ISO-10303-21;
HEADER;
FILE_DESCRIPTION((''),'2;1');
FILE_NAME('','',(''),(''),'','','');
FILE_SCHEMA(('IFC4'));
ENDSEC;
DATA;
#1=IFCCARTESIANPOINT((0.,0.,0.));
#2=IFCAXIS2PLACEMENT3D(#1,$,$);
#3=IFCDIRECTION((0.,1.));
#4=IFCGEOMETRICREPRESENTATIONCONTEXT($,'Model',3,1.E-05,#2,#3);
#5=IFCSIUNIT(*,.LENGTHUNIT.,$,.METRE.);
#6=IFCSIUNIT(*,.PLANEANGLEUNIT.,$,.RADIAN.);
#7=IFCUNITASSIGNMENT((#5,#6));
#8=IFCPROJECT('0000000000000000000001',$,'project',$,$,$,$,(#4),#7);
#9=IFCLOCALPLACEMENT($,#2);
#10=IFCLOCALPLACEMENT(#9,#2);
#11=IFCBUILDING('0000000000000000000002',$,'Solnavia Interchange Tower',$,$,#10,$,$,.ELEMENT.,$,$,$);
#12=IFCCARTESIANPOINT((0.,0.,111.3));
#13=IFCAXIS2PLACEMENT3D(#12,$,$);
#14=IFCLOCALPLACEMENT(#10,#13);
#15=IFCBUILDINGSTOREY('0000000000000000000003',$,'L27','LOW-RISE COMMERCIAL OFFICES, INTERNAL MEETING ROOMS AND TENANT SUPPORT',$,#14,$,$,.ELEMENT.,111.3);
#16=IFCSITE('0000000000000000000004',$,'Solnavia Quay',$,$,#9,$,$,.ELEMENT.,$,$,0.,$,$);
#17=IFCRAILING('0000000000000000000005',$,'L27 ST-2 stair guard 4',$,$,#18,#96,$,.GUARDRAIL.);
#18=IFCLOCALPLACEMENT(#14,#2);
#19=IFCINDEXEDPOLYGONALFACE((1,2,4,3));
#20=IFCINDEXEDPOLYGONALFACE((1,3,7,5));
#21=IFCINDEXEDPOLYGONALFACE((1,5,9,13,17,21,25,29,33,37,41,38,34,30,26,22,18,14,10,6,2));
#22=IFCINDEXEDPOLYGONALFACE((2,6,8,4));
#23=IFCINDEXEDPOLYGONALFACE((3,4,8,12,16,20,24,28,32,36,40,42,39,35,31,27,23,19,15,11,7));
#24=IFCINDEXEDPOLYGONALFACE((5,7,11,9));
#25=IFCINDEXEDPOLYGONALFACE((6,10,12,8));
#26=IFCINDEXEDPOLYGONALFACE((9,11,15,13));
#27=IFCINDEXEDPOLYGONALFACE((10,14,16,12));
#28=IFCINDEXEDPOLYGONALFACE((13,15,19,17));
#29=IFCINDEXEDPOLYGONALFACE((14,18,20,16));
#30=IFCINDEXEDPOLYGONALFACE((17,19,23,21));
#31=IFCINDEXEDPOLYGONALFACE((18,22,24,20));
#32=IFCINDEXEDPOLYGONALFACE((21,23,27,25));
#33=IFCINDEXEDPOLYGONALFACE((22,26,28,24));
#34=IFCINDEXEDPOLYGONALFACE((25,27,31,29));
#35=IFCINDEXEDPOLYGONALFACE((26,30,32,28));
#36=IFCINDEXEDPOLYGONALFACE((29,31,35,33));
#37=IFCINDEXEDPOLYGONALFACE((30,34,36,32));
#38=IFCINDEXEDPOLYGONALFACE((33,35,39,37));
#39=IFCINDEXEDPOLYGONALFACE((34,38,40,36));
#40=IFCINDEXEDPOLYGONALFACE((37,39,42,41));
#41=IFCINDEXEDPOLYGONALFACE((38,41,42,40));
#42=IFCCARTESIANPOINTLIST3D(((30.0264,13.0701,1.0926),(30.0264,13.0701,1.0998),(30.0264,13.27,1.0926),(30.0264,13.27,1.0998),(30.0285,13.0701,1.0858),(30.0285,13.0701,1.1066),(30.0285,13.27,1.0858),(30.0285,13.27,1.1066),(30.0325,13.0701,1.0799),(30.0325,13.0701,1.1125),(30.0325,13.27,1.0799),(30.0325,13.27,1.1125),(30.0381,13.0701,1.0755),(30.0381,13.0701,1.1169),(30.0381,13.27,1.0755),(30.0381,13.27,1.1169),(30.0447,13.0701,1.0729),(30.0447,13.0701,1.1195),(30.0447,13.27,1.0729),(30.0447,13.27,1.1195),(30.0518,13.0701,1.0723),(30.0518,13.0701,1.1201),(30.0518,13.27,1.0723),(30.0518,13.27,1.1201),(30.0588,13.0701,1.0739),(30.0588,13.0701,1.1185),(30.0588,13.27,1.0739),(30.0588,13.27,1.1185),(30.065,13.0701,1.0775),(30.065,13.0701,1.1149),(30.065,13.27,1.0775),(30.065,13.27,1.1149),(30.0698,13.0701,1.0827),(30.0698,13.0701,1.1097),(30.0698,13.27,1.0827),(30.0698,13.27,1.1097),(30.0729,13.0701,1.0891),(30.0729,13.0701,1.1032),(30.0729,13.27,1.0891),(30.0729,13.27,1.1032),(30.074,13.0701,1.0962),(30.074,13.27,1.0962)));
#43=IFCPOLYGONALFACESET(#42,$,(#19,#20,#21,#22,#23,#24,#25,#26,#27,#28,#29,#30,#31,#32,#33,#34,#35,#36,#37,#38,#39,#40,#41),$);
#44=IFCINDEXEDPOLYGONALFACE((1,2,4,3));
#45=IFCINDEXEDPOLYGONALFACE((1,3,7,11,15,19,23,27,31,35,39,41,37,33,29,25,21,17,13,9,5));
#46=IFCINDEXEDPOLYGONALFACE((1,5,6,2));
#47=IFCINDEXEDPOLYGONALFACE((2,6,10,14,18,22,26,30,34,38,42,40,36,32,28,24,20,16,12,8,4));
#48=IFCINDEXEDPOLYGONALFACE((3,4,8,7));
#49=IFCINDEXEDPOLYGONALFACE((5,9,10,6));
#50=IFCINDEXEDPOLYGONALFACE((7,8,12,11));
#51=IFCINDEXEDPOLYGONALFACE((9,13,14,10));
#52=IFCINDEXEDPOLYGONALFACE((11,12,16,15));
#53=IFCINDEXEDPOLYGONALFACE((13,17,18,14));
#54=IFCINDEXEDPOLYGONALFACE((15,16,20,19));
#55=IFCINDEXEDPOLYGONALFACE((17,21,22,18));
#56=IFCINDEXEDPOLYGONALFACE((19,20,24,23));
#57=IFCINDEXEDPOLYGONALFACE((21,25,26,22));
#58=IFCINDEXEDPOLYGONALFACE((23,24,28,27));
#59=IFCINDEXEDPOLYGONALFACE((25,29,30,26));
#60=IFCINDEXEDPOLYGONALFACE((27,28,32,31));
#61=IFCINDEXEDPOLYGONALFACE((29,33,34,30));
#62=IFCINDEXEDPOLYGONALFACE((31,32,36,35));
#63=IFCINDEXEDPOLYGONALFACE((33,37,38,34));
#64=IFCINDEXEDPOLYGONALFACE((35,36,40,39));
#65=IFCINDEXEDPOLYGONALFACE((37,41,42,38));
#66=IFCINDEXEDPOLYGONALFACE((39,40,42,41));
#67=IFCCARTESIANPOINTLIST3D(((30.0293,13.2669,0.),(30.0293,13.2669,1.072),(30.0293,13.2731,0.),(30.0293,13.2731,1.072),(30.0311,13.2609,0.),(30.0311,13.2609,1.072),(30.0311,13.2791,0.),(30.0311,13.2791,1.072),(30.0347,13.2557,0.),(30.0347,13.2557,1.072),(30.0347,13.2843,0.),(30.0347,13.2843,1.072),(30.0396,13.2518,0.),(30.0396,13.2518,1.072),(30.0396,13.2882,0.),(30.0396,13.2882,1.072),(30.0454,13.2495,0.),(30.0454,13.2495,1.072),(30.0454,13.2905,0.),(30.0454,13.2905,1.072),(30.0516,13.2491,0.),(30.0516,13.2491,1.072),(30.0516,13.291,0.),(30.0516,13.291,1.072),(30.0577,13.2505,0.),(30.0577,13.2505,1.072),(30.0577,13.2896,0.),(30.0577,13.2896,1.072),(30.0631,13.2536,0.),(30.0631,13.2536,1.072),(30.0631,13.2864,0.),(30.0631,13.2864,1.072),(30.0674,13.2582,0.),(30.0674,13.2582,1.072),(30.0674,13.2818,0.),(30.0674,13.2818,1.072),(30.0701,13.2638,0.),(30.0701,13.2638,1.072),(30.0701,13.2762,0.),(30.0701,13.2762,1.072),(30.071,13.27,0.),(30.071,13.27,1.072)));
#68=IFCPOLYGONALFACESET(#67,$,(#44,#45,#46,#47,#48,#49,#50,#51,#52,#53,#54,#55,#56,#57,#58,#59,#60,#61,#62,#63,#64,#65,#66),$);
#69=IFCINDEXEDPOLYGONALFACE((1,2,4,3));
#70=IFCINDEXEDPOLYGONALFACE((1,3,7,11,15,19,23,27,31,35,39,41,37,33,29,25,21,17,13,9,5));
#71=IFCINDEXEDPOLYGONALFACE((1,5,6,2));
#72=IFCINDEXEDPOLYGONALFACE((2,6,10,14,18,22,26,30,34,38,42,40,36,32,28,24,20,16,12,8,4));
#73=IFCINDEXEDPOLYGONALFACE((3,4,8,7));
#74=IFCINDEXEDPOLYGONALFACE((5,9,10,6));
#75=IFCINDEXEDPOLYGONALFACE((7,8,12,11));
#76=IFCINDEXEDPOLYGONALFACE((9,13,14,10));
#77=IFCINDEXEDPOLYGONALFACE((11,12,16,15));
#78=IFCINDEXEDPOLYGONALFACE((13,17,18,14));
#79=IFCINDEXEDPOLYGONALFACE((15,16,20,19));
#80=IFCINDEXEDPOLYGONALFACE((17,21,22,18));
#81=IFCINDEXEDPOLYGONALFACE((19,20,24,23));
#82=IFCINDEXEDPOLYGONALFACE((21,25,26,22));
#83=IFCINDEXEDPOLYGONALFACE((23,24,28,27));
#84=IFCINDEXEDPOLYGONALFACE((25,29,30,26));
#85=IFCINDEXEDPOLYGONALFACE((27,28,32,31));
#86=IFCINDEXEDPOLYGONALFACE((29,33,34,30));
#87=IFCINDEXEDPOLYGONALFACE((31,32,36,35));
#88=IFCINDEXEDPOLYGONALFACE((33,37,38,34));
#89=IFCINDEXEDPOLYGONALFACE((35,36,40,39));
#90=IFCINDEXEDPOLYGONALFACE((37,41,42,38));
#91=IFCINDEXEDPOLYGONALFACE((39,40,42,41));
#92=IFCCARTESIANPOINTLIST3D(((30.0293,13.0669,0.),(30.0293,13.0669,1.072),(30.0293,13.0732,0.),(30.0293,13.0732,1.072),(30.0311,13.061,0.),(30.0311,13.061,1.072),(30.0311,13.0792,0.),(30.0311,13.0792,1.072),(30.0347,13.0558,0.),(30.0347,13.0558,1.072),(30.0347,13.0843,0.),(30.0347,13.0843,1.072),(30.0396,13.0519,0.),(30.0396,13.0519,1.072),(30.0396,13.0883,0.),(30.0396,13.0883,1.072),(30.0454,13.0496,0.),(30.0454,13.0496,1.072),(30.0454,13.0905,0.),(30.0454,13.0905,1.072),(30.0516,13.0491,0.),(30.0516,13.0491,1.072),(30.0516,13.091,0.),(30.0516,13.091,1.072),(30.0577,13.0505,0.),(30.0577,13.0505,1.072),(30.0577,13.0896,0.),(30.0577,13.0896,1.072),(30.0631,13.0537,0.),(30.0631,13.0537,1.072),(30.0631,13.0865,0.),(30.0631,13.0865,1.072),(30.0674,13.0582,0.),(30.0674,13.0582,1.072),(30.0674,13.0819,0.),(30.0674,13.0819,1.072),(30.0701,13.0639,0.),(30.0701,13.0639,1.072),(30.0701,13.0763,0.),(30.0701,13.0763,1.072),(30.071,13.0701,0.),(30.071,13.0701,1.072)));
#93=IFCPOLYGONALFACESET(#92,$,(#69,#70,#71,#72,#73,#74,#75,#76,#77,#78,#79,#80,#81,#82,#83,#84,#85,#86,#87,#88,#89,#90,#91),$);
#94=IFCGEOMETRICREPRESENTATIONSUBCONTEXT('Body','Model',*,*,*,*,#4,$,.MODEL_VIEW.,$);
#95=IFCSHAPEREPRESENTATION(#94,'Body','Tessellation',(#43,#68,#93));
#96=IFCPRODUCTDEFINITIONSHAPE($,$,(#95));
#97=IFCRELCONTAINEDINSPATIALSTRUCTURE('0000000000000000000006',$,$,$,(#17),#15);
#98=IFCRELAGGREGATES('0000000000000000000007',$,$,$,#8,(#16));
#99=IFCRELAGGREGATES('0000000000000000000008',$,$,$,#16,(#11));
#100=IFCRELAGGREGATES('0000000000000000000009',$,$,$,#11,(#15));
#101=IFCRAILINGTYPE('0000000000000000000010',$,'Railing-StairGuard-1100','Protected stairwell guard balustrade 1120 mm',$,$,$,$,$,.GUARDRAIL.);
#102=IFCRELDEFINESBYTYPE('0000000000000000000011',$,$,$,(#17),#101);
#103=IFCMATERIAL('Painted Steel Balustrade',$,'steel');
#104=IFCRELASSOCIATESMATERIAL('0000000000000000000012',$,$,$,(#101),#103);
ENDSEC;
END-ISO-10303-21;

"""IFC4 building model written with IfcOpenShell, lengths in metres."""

from ifc_helpers import new_model, si_unit, direction, frame, origin, origin_2d, place, context, subcontext, project, spatial, circle, extrude, material, type_object, element, save


model = new_model("IFC4")

# Units and contexts
model_context = context("Model", 3, precision=1e-05, world=origin(), true_north=direction((0.0, 1.0)))
body_context = subcontext(model_context, "Body", "Model", "MODEL_VIEW")
ifc_project = project(units=[si_unit("LENGTHUNIT", "METRE"), si_unit("PLANEANGLEUNIT", "RADIAN")], contexts=[model_context])

# Site, building, storey
site_placement = place(None, origin())
site = spatial("IfcSite", under=ifc_project, at=site_placement, Name="Solnavia Quay", CompositionType="ELEMENT", RefElevation=0.0)
building_placement = place(site_placement, origin())
building = spatial("IfcBuilding", under=site, at=building_placement, Name="Solnavia Interchange Tower", CompositionType="ELEMENT")
storey_placement = place(building_placement, frame((0.0, 0.0, 111.3)))
storey = spatial("IfcBuildingStorey", under=building, at=storey_placement, Name="L27", Description="LOW-RISE COMMERCIAL OFFICES, INTERNAL MEETING ROOMS AND TENANT SUPPORT", CompositionType="ELEMENT", Elevation=111.3)

# Railing
ifc_material_1 = material(Name="Painted Steel Balustrade", Category="steel")
railing_type_1 = type_object("IfcRailingType", Name="Railing-StairGuard-1100", Description="Protected stairwell guard balustrade 1120 mm", PredefinedType="GUARDRAIL", material=ifc_material_1)
railing_1_placement = place(storey_placement, frame((30.05, 13.27, 0.0)))
element("IfcRailing", 1, at=railing_1_placement, inside=storey, type_object=railing_type_1, Name="L27 ST-2 stair guard 4", PredefinedType="GUARDRAIL", context=body_context, shape_type="SweptSolid", body=[
    extrude(circle(Radius=0.0239, at=origin_2d()), frame((0.0, 0.0, 1.0962), z_axis=(0.0, -1.0, 0.0), x_axis=(1.0, 0.0, 0.0)), (0.0, 0.0, 1.0), 0.2),
    extrude(circle(Radius=0.021, at=origin_2d()), origin(), (0.0, 0.0, 1.0), 1.072),
    extrude(circle(Radius=0.021, at=origin_2d()), frame((0.0, -0.2, 0.0)), (0.0, 0.0, 1.0), 1.072),
])

save(model, "model.ifc")
